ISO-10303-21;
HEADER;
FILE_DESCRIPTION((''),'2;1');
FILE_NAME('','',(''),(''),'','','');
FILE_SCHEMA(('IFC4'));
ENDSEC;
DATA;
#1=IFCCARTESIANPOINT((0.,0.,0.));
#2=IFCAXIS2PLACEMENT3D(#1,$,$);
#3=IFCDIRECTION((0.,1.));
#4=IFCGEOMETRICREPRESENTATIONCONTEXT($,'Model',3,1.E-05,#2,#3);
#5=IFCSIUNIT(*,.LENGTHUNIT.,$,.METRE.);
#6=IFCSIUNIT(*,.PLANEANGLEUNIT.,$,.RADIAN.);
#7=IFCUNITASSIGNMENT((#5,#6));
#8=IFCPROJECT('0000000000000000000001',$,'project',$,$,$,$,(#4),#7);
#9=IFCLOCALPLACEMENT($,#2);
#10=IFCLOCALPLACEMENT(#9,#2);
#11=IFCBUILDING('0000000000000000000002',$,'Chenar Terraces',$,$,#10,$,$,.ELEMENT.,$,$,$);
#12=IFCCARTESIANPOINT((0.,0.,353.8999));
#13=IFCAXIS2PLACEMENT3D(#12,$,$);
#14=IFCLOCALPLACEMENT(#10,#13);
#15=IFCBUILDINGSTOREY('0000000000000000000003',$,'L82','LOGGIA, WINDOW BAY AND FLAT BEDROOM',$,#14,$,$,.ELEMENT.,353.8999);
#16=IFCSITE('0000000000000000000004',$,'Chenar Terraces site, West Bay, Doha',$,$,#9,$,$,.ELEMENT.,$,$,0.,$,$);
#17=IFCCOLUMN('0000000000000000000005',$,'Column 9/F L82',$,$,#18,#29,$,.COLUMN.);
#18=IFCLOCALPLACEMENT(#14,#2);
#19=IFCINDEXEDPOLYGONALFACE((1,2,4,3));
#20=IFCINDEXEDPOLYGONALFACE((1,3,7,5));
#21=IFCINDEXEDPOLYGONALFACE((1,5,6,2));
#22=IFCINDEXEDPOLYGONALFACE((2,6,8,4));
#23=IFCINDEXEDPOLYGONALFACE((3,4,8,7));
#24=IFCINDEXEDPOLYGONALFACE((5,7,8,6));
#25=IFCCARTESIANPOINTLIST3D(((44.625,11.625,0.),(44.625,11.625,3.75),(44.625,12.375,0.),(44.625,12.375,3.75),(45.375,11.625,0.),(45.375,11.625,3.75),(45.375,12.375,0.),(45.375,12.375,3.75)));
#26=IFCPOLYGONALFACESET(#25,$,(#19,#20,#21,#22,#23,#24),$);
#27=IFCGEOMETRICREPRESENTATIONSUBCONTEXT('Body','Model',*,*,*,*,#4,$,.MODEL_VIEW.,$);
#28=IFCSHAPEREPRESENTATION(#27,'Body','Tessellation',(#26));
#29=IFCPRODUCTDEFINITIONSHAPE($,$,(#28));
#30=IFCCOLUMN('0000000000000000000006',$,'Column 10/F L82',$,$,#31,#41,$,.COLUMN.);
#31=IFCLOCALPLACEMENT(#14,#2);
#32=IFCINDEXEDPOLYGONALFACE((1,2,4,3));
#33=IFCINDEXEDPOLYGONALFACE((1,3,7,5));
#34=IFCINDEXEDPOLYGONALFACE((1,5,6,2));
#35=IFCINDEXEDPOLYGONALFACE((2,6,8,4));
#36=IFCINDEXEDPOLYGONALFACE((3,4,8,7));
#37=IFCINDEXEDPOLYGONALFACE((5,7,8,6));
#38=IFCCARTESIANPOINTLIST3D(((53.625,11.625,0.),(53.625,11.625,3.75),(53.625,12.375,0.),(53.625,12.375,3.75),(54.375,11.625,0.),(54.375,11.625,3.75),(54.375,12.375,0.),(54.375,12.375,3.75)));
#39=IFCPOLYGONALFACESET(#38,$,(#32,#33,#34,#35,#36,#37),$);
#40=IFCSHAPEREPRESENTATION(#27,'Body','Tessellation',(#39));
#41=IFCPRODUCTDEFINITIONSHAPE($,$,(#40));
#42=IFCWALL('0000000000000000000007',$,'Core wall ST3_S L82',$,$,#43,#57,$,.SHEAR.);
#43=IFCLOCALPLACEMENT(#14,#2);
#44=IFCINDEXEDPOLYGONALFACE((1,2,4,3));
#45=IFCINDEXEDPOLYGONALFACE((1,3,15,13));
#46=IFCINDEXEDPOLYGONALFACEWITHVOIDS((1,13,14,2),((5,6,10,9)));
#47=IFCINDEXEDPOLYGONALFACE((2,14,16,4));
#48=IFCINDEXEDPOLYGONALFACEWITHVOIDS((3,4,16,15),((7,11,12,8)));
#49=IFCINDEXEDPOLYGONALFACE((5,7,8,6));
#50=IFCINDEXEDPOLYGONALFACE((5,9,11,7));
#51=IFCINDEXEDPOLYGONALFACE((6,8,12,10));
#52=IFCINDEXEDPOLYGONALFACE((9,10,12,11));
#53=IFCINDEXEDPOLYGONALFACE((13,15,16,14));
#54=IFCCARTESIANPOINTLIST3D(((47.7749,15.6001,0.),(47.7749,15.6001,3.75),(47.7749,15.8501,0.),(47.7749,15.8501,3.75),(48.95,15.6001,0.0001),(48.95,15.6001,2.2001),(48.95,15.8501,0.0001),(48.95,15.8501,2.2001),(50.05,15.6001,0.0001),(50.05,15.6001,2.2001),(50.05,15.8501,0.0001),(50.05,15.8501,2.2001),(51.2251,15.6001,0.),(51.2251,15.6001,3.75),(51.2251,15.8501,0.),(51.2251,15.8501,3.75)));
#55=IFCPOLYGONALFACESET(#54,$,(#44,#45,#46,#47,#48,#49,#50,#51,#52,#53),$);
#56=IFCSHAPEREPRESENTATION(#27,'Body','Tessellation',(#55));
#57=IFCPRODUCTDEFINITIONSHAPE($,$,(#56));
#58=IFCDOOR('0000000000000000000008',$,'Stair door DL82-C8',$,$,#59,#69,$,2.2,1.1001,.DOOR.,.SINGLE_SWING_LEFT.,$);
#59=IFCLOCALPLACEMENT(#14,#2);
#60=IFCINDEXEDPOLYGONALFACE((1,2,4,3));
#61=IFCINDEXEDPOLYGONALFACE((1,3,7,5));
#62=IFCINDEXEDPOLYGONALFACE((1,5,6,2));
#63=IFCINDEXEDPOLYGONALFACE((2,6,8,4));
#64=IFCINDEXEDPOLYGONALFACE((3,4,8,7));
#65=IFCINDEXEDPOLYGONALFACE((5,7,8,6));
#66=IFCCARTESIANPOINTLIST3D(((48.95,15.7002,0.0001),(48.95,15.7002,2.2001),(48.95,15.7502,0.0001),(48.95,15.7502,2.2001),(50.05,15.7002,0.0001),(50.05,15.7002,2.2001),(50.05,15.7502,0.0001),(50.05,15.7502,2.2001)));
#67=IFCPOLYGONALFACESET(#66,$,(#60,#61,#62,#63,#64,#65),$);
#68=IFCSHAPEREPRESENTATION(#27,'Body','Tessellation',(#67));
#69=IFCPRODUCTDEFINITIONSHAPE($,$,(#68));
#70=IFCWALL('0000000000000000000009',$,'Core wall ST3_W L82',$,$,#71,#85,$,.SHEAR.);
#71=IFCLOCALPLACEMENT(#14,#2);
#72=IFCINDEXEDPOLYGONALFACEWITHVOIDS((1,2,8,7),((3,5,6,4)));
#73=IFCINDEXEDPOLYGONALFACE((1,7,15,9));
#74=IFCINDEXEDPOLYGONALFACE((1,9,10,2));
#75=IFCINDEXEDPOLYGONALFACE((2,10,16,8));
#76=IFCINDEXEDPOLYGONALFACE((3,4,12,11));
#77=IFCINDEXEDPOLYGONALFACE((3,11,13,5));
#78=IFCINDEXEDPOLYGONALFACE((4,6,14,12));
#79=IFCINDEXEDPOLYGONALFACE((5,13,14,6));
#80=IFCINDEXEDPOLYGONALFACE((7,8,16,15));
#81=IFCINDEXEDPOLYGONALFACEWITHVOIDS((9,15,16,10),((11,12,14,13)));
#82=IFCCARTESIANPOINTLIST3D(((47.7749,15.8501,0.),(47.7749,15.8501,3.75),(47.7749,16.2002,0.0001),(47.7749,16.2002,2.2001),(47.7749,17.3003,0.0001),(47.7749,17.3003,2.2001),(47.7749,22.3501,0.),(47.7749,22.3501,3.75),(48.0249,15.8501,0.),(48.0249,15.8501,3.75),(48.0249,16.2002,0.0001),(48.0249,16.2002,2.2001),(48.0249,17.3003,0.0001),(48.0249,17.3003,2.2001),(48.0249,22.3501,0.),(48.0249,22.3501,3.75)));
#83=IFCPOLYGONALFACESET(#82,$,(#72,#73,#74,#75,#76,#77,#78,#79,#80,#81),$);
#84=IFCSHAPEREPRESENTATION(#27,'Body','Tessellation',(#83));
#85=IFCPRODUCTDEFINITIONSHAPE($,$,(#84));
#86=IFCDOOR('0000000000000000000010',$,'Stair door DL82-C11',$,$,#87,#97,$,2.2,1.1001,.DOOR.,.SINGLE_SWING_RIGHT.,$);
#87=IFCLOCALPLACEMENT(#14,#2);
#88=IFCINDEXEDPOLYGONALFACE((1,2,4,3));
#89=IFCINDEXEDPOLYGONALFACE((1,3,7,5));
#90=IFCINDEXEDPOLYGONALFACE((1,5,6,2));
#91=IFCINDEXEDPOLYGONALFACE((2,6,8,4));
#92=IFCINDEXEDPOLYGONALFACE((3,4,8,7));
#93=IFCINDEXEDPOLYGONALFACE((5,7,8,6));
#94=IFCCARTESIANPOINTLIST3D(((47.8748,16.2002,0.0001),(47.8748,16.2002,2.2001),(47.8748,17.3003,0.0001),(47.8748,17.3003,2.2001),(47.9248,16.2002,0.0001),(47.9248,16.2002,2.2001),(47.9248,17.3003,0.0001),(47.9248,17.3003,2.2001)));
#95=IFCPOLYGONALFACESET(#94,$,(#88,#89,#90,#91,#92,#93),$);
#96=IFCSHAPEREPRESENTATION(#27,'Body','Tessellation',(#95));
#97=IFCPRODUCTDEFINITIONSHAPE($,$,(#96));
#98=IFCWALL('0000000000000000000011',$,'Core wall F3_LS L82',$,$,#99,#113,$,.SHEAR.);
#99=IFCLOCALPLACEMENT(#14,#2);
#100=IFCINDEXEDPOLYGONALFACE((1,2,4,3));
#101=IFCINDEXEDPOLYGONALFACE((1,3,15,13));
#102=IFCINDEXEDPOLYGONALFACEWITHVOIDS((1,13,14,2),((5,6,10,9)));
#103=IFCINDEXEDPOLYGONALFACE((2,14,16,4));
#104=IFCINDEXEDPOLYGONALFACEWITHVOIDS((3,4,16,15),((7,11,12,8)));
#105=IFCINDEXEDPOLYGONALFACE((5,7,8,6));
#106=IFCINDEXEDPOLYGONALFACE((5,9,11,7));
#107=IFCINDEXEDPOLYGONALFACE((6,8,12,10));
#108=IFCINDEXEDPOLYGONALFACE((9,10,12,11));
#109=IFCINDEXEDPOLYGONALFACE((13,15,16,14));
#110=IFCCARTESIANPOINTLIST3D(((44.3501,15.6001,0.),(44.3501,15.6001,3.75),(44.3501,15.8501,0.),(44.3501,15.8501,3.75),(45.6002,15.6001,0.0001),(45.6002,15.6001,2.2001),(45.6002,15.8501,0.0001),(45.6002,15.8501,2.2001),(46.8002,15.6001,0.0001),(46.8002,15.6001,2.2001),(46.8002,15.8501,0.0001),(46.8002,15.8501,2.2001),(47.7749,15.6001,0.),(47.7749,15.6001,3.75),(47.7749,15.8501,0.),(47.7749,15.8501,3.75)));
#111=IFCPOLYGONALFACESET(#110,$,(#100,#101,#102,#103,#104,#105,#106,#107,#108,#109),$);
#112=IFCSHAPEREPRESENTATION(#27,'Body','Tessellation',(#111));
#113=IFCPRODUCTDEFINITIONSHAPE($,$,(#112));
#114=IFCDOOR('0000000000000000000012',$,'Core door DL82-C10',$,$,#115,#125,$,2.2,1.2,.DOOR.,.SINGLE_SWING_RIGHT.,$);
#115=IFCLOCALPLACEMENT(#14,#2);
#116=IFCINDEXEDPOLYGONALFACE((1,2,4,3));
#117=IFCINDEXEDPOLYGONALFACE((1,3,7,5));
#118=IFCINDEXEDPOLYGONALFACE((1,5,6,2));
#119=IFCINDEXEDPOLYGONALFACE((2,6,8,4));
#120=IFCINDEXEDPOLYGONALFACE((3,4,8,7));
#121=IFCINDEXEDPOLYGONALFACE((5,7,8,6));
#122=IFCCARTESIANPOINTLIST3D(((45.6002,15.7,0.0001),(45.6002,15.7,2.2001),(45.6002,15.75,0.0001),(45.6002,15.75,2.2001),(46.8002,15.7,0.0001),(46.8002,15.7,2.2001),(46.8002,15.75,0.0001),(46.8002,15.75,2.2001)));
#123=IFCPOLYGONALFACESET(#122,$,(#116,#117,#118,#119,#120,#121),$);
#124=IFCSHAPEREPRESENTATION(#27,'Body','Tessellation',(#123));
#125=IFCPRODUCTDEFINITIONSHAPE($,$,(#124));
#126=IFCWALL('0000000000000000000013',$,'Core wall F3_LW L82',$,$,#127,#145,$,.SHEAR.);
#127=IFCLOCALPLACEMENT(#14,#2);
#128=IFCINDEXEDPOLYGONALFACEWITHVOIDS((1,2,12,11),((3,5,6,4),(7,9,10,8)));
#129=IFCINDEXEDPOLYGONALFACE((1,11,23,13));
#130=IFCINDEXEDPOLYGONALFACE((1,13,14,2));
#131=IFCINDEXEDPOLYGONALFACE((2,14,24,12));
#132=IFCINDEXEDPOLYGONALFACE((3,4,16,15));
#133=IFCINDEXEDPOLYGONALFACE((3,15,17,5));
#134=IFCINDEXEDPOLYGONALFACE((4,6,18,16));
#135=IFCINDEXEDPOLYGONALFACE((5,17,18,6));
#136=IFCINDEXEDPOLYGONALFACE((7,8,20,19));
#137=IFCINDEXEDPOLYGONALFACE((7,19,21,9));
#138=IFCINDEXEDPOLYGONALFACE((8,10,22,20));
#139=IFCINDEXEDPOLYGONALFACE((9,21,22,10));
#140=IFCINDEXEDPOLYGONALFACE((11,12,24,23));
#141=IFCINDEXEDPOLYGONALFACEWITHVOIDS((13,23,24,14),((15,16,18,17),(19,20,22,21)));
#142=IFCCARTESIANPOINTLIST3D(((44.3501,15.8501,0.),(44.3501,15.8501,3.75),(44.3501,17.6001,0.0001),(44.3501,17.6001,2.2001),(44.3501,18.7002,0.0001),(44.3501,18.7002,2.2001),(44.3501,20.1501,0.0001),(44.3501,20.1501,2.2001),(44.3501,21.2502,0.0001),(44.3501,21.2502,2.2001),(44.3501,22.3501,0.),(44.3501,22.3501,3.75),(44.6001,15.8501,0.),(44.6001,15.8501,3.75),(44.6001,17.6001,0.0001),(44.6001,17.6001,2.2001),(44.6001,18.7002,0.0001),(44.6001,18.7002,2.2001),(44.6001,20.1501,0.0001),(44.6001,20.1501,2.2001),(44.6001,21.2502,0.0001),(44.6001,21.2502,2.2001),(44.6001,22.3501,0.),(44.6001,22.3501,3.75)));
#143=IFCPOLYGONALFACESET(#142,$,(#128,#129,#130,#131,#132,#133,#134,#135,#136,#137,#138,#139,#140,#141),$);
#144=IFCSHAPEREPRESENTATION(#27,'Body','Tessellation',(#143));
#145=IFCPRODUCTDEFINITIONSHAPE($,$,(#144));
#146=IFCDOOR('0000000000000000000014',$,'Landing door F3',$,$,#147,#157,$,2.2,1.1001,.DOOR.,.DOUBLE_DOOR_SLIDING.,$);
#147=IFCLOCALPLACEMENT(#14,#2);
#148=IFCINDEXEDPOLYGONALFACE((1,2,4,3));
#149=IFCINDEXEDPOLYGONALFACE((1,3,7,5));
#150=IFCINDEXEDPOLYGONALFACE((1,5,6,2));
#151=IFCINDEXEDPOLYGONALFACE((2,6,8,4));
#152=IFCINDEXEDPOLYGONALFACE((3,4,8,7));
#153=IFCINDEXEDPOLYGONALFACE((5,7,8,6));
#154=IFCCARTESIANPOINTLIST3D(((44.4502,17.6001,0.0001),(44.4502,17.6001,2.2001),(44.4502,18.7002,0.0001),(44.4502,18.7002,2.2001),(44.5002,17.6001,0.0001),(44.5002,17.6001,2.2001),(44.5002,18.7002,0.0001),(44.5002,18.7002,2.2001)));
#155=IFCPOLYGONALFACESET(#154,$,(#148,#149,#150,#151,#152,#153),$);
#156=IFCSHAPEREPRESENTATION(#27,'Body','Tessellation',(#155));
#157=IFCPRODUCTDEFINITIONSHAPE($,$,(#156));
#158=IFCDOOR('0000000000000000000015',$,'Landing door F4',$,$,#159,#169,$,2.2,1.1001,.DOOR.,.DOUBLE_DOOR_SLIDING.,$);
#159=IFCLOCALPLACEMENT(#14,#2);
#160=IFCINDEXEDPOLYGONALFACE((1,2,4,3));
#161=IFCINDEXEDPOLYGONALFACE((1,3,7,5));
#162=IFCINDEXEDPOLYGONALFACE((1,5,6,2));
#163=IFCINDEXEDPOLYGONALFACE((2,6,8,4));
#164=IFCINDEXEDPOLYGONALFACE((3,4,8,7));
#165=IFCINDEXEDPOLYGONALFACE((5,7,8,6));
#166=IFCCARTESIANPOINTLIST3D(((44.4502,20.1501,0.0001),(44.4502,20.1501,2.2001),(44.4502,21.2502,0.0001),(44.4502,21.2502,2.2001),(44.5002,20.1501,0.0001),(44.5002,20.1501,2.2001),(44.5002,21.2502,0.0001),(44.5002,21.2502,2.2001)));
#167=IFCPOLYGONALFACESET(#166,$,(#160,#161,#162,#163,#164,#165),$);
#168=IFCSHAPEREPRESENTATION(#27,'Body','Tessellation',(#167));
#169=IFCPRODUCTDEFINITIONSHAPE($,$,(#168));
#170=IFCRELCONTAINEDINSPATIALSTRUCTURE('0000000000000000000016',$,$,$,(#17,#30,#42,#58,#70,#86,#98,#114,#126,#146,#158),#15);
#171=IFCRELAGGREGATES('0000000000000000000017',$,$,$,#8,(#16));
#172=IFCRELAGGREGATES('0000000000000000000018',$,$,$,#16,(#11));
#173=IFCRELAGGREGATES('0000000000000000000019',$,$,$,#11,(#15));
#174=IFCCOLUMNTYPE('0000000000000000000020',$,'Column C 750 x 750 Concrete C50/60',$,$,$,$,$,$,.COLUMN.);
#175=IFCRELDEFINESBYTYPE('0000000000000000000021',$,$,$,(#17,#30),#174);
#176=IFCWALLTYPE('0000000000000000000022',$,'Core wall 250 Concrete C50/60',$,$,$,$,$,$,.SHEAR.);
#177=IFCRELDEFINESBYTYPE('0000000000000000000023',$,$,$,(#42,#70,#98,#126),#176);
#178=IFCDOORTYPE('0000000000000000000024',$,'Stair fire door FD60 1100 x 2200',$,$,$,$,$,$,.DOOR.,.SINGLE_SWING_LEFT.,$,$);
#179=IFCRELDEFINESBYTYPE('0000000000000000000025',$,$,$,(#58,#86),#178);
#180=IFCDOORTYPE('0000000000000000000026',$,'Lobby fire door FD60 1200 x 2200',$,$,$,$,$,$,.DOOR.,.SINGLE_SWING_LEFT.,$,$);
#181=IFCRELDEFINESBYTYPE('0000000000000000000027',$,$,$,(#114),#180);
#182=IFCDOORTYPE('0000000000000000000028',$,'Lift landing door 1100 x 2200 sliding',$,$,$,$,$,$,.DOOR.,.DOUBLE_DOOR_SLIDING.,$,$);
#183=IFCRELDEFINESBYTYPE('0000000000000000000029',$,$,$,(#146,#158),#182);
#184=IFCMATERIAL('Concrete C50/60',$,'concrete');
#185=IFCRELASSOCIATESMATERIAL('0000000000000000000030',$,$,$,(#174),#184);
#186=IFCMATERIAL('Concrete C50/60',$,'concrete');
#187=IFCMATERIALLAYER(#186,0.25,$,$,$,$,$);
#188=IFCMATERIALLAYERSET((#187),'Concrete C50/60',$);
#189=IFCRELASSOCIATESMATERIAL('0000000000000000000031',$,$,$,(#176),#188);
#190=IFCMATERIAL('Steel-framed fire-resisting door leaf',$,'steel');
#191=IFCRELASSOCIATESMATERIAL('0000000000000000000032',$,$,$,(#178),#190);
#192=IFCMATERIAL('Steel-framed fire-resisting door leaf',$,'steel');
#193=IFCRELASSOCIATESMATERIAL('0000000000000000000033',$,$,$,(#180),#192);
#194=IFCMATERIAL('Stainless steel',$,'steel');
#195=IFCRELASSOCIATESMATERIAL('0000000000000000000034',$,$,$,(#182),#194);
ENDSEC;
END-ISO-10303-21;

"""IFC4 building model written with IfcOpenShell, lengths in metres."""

from ifc_helpers import new_model, si_unit, direction, frame, frame_2d, origin, origin_2d, place, context, subcontext, project, spatial, rectangle, extrude, material, layer, layer_set, material_profile, profile_set, type_object, element, fill, save


model = new_model("IFC4")

# Units and contexts
model_context = context("Model", 3, precision=1e-05, world=origin(), true_north=direction((0.0, 1.0)))
body_context = subcontext(model_context, "Body", "Model", "MODEL_VIEW")
ifc_project = project(units=[si_unit("LENGTHUNIT", "METRE"), si_unit("PLANEANGLEUNIT", "RADIAN")], contexts=[model_context])

# Site, building, storey
site_placement = place(None, origin())
site = spatial("IfcSite", under=ifc_project, at=site_placement, Name="Chenar Terraces site, West Bay, Doha", CompositionType="ELEMENT", RefElevation=0.0)
building_placement = place(site_placement, origin())
building = spatial("IfcBuilding", under=site, at=building_placement, Name="Chenar Terraces", CompositionType="ELEMENT")
storey_placement = place(building_placement, frame((0.0, 0.0, 353.8999)))
storey = spatial("IfcBuildingStorey", under=building, at=storey_placement, Name="L82", Description="LOGGIA, WINDOW BAY AND FLAT BEDROOM", CompositionType="ELEMENT", Elevation=353.8999)

# Columns
ifc_material_1 = material(Name="Concrete C50/60", Category="concrete")
ifc_material_profile_1 = material_profile(ifc_material_1, rectangle(XDim=0.75, YDim=0.75, at=origin_2d()), Name="C 750 x 750")
ifc_profile_set_1 = profile_set([ifc_material_profile_1], Name="Concrete C50/60")
column_type = type_object("IfcColumnType", Name="Column C 750 x 750 Concrete C50/60", PredefinedType="COLUMN", material=ifc_profile_set_1)
for number, where, z_axis, x_axis, name in (
    (1, (45.0, 12.0, 0.0), (0.0, 0.0, 1.0), (1.0, 0.0, 0.0), "Column 9/F L82"),
    (2, (54.0, 12.0, 0.0), (0.0, 0.0, 1.0), (1.0, 0.0, 0.0), "Column 10/F L82"),
):
    element("IfcColumn", number, at=place(storey_placement, frame(where, z_axis=z_axis, x_axis=x_axis)), inside=storey, type_object=column_type, Name=name, PredefinedType="COLUMN", context=body_context, shape_type="SweptSolid", body=[
        extrude(rectangle(XDim=0.75, YDim=0.75, at=origin_2d()), origin(), (0.0, 0.0, 1.0), 3.75),
    ])

# Walls, openings, doors
ifc_material_2 = material(Name="Concrete C50/60", Category="concrete")
ifc_layer_1 = layer(ifc_material_2, 0.25)
ifc_layer_set_1 = layer_set([ifc_layer_1], Name="Concrete C50/60")
wall_type_1 = type_object("IfcWallType", Name="Core wall 250 Concrete C50/60", PredefinedType="SHEAR", material=ifc_layer_set_1)
wall_1_placement = place(storey_placement, frame((47.7749, 15.7251, 0.0), z_axis=(0.0, 0.0, 1.0), x_axis=(1.0, 0.0, 0.0)))
wall_1 = element("IfcWall", 3, at=wall_1_placement, inside=storey, type_object=wall_type_1, Name="Core wall ST3_S L82", PredefinedType="SHEAR", context=body_context, shape_type="SweptSolid", body=[
    extrude(rectangle(XDim=3.4502, YDim=0.25, at=frame_2d((1.7251, 0.0))), origin(), (0.0, 0.0, 1.0), 3.75),
])
opening_1_placement = place(wall_1_placement, frame((1.175, 0.0, 0.0)))
opening_1 = element("IfcOpeningElement", 4, at=opening_1_placement, cuts=wall_1, PredefinedType="OPENING", context=body_context, shape_type="SweptSolid", body=[
    extrude(rectangle(XDim=1.1001, YDim=2.2, at=frame_2d((0.55, 1.1001))), frame((0.0, 0.135, 0.0), z_axis=(0.0, -1.0, 0.0), x_axis=(1.0, 0.0, 0.0)), (0.0, 0.0, 1.0), 0.27),
])
ifc_material_3 = material(Name="Steel-framed fire-resisting door leaf", Category="steel")
door_type_1 = type_object("IfcDoorType", Name="Stair fire door FD60 1100 x 2200", OperationType="SINGLE_SWING_LEFT", PredefinedType="DOOR", material=ifc_material_3)
door_1_placement = place(opening_1_placement, frame((1.1001, 0.0, 0.0), z_axis=(0.0, 0.0, 1.0), x_axis=(-1.0, 0.0, 0.0)))
door_1 = element("IfcDoor", 5, at=door_1_placement, inside=storey, type_object=door_type_1, Name="Stair door DL82-C8", OperationType="SINGLE_SWING_LEFT", OverallHeight=2.2, OverallWidth=1.1001, PredefinedType="DOOR", context=body_context, shape_type="SweptSolid", body=[
    extrude(rectangle(XDim=1.1001, YDim=2.2, at=frame_2d((0.55, 1.1001))), frame((0.0, 0.0249, 0.0), z_axis=(0.0, -1.0, 0.0), x_axis=(1.0, 0.0, 0.0)), (0.0, 0.0, 1.0), 0.05),
])
fill(opening_1, door_1)
wall_2_placement = place(storey_placement, frame((47.8999, 15.8501, 0.0), z_axis=(0.0, 0.0, 1.0), x_axis=(0.0, 1.0, 0.0)))
wall_2 = element("IfcWall", 6, at=wall_2_placement, inside=storey, type_object=wall_type_1, Name="Core wall ST3_W L82", PredefinedType="SHEAR", context=body_context, shape_type="SweptSolid", body=[
    extrude(rectangle(XDim=6.5, YDim=0.25, at=frame_2d((3.25, 0.0))), origin(), (0.0, 0.0, 1.0), 3.75),
])
opening_2_placement = place(wall_2_placement, frame((0.3501, 0.0, 0.0)))
opening_2 = element("IfcOpeningElement", 7, at=opening_2_placement, cuts=wall_2, PredefinedType="OPENING", context=body_context, shape_type="SweptSolid", body=[
    extrude(rectangle(XDim=1.1001, YDim=2.2, at=frame_2d((0.55, 1.1001))), frame((0.0, 0.135, 0.0), z_axis=(0.0, -1.0, 0.0), x_axis=(1.0, 0.0, 0.0)), (0.0, 0.0, 1.0), 0.27),
])
door_2_placement = place(opening_2_placement, frame((1.1001, 0.0, 0.0), z_axis=(0.0, 0.0, 1.0), x_axis=(-1.0, 0.0, 0.0)))
door_2 = element("IfcDoor", 8, at=door_2_placement, inside=storey, type_object=door_type_1, Name="Stair door DL82-C11", OperationType="SINGLE_SWING_RIGHT", OverallHeight=2.2, OverallWidth=1.1001, PredefinedType="DOOR", context=body_context, shape_type="SweptSolid", body=[
    extrude(rectangle(XDim=1.1001, YDim=2.2, at=frame_2d((0.55, 1.1001))), frame((0.0, 0.0249, 0.0), z_axis=(0.0, -1.0, 0.0), x_axis=(1.0, 0.0, 0.0)), (0.0, 0.0, 1.0), 0.05),
])
fill(opening_2, door_2)
wall_3_placement = place(storey_placement, frame((44.3501, 15.7251, 0.0), z_axis=(0.0, 0.0, 1.0), x_axis=(1.0, 0.0, 0.0)))
wall_3 = element("IfcWall", 9, at=wall_3_placement, inside=storey, type_object=wall_type_1, Name="Core wall F3_LS L82", PredefinedType="SHEAR", context=body_context, shape_type="SweptSolid", body=[
    extrude(rectangle(XDim=3.4248, YDim=0.25, at=frame_2d((1.7124, 0.0))), origin(), (0.0, 0.0, 1.0), 3.75),
])
opening_3_placement = place(wall_3_placement, frame((1.25, 0.0, 0.0)))
opening_3 = element("IfcOpeningElement", 10, at=opening_3_placement, cuts=wall_3, PredefinedType="OPENING", context=body_context, shape_type="SweptSolid", body=[
    extrude(rectangle(XDim=1.2, YDim=2.2, at=frame_2d((0.6001, 1.1001))), frame((0.0, 0.135, 0.0), z_axis=(0.0, -1.0, 0.0), x_axis=(1.0, 0.0, 0.0)), (0.0, 0.0, 1.0), 0.27),
])
ifc_material_4 = material(Name="Steel-framed fire-resisting door leaf", Category="steel")
door_type_2 = type_object("IfcDoorType", Name="Lobby fire door FD60 1200 x 2200", OperationType="SINGLE_SWING_LEFT", PredefinedType="DOOR", material=ifc_material_4)
door_3_placement = place(opening_3_placement, origin())
door_3 = element("IfcDoor", 11, at=door_3_placement, inside=storey, type_object=door_type_2, Name="Core door DL82-C10", OperationType="SINGLE_SWING_RIGHT", OverallHeight=2.2, OverallWidth=1.2, PredefinedType="DOOR", context=body_context, shape_type="SweptSolid", body=[
    extrude(rectangle(XDim=1.2, YDim=2.2, at=frame_2d((0.6001, 1.1001))), frame((0.0, 0.0249, 0.0), z_axis=(0.0, -1.0, 0.0), x_axis=(1.0, 0.0, 0.0)), (0.0, 0.0, 1.0), 0.05),
])
fill(opening_3, door_3)

# Wall, openings, doors
wall_4_placement = place(storey_placement, frame((44.4751, 15.8501, 0.0), z_axis=(0.0, 0.0, 1.0), x_axis=(0.0, 1.0, 0.0)))
wall_4 = element("IfcWall", 12, at=wall_4_placement, inside=storey, type_object=wall_type_1, Name="Core wall F3_LW L82", PredefinedType="SHEAR", context=body_context, shape_type="SweptSolid", body=[
    extrude(rectangle(XDim=6.5, YDim=0.25, at=frame_2d((3.25, 0.0))), origin(), (0.0, 0.0, 1.0), 3.75),
])
opening_4_placement = place(wall_4_placement, frame((1.75, 0.0, 0.0)))
opening_4 = element("IfcOpeningElement", 13, at=opening_4_placement, cuts=wall_4, PredefinedType="OPENING", context=body_context, shape_type="SweptSolid", body=[
    extrude(rectangle(XDim=1.1001, YDim=2.2, at=frame_2d((0.55, 1.1001))), frame((0.0, 0.135, 0.0), z_axis=(0.0, -1.0, 0.0), x_axis=(1.0, 0.0, 0.0)), (0.0, 0.0, 1.0), 0.27),
])
opening_5_placement = place(wall_4_placement, frame((4.3, 0.0, 0.0)))
opening_5 = element("IfcOpeningElement", 14, at=opening_5_placement, cuts=wall_4, PredefinedType="OPENING", context=body_context, shape_type="SweptSolid", body=[
    extrude(rectangle(XDim=1.1001, YDim=2.2, at=frame_2d((0.55, 1.1001))), frame((0.0, 0.135, 0.0), z_axis=(0.0, -1.0, 0.0), x_axis=(1.0, 0.0, 0.0)), (0.0, 0.0, 1.0), 0.27),
])
ifc_material_5 = material(Name="Stainless steel", Category="steel")
door_type_3 = type_object("IfcDoorType", Name="Lift landing door 1100 x 2200 sliding", OperationType="DOUBLE_DOOR_SLIDING", PredefinedType="DOOR", material=ifc_material_5)
door_4_placement = place(opening_4_placement, origin())
door_4 = element("IfcDoor", 15, at=door_4_placement, inside=storey, type_object=door_type_3, Name="Landing door F3", OperationType="DOUBLE_DOOR_SLIDING", OverallHeight=2.2, OverallWidth=1.1001, PredefinedType="DOOR", context=body_context, shape_type="SweptSolid", body=[
    extrude(rectangle(XDim=1.1001, YDim=2.2, at=frame_2d((0.55, 1.1001))), frame((0.0, 0.0249, 0.0), z_axis=(0.0, -1.0, 0.0), x_axis=(1.0, 0.0, 0.0)), (0.0, 0.0, 1.0), 0.05),
])
fill(opening_4, door_4)
door_5_placement = place(opening_5_placement, origin())
door_5 = element("IfcDoor", 16, at=door_5_placement, inside=storey, type_object=door_type_3, Name="Landing door F4", OperationType="DOUBLE_DOOR_SLIDING", OverallHeight=2.2, OverallWidth=1.1001, PredefinedType="DOOR", context=body_context, shape_type="SweptSolid", body=[
    extrude(rectangle(XDim=1.1001, YDim=2.2, at=frame_2d((0.55, 1.1001))), frame((0.0, 0.0249, 0.0), z_axis=(0.0, -1.0, 0.0), x_axis=(1.0, 0.0, 0.0)), (0.0, 0.0, 1.0), 0.05),
])
fill(opening_5, door_5)

save(model, "model.ifc")
